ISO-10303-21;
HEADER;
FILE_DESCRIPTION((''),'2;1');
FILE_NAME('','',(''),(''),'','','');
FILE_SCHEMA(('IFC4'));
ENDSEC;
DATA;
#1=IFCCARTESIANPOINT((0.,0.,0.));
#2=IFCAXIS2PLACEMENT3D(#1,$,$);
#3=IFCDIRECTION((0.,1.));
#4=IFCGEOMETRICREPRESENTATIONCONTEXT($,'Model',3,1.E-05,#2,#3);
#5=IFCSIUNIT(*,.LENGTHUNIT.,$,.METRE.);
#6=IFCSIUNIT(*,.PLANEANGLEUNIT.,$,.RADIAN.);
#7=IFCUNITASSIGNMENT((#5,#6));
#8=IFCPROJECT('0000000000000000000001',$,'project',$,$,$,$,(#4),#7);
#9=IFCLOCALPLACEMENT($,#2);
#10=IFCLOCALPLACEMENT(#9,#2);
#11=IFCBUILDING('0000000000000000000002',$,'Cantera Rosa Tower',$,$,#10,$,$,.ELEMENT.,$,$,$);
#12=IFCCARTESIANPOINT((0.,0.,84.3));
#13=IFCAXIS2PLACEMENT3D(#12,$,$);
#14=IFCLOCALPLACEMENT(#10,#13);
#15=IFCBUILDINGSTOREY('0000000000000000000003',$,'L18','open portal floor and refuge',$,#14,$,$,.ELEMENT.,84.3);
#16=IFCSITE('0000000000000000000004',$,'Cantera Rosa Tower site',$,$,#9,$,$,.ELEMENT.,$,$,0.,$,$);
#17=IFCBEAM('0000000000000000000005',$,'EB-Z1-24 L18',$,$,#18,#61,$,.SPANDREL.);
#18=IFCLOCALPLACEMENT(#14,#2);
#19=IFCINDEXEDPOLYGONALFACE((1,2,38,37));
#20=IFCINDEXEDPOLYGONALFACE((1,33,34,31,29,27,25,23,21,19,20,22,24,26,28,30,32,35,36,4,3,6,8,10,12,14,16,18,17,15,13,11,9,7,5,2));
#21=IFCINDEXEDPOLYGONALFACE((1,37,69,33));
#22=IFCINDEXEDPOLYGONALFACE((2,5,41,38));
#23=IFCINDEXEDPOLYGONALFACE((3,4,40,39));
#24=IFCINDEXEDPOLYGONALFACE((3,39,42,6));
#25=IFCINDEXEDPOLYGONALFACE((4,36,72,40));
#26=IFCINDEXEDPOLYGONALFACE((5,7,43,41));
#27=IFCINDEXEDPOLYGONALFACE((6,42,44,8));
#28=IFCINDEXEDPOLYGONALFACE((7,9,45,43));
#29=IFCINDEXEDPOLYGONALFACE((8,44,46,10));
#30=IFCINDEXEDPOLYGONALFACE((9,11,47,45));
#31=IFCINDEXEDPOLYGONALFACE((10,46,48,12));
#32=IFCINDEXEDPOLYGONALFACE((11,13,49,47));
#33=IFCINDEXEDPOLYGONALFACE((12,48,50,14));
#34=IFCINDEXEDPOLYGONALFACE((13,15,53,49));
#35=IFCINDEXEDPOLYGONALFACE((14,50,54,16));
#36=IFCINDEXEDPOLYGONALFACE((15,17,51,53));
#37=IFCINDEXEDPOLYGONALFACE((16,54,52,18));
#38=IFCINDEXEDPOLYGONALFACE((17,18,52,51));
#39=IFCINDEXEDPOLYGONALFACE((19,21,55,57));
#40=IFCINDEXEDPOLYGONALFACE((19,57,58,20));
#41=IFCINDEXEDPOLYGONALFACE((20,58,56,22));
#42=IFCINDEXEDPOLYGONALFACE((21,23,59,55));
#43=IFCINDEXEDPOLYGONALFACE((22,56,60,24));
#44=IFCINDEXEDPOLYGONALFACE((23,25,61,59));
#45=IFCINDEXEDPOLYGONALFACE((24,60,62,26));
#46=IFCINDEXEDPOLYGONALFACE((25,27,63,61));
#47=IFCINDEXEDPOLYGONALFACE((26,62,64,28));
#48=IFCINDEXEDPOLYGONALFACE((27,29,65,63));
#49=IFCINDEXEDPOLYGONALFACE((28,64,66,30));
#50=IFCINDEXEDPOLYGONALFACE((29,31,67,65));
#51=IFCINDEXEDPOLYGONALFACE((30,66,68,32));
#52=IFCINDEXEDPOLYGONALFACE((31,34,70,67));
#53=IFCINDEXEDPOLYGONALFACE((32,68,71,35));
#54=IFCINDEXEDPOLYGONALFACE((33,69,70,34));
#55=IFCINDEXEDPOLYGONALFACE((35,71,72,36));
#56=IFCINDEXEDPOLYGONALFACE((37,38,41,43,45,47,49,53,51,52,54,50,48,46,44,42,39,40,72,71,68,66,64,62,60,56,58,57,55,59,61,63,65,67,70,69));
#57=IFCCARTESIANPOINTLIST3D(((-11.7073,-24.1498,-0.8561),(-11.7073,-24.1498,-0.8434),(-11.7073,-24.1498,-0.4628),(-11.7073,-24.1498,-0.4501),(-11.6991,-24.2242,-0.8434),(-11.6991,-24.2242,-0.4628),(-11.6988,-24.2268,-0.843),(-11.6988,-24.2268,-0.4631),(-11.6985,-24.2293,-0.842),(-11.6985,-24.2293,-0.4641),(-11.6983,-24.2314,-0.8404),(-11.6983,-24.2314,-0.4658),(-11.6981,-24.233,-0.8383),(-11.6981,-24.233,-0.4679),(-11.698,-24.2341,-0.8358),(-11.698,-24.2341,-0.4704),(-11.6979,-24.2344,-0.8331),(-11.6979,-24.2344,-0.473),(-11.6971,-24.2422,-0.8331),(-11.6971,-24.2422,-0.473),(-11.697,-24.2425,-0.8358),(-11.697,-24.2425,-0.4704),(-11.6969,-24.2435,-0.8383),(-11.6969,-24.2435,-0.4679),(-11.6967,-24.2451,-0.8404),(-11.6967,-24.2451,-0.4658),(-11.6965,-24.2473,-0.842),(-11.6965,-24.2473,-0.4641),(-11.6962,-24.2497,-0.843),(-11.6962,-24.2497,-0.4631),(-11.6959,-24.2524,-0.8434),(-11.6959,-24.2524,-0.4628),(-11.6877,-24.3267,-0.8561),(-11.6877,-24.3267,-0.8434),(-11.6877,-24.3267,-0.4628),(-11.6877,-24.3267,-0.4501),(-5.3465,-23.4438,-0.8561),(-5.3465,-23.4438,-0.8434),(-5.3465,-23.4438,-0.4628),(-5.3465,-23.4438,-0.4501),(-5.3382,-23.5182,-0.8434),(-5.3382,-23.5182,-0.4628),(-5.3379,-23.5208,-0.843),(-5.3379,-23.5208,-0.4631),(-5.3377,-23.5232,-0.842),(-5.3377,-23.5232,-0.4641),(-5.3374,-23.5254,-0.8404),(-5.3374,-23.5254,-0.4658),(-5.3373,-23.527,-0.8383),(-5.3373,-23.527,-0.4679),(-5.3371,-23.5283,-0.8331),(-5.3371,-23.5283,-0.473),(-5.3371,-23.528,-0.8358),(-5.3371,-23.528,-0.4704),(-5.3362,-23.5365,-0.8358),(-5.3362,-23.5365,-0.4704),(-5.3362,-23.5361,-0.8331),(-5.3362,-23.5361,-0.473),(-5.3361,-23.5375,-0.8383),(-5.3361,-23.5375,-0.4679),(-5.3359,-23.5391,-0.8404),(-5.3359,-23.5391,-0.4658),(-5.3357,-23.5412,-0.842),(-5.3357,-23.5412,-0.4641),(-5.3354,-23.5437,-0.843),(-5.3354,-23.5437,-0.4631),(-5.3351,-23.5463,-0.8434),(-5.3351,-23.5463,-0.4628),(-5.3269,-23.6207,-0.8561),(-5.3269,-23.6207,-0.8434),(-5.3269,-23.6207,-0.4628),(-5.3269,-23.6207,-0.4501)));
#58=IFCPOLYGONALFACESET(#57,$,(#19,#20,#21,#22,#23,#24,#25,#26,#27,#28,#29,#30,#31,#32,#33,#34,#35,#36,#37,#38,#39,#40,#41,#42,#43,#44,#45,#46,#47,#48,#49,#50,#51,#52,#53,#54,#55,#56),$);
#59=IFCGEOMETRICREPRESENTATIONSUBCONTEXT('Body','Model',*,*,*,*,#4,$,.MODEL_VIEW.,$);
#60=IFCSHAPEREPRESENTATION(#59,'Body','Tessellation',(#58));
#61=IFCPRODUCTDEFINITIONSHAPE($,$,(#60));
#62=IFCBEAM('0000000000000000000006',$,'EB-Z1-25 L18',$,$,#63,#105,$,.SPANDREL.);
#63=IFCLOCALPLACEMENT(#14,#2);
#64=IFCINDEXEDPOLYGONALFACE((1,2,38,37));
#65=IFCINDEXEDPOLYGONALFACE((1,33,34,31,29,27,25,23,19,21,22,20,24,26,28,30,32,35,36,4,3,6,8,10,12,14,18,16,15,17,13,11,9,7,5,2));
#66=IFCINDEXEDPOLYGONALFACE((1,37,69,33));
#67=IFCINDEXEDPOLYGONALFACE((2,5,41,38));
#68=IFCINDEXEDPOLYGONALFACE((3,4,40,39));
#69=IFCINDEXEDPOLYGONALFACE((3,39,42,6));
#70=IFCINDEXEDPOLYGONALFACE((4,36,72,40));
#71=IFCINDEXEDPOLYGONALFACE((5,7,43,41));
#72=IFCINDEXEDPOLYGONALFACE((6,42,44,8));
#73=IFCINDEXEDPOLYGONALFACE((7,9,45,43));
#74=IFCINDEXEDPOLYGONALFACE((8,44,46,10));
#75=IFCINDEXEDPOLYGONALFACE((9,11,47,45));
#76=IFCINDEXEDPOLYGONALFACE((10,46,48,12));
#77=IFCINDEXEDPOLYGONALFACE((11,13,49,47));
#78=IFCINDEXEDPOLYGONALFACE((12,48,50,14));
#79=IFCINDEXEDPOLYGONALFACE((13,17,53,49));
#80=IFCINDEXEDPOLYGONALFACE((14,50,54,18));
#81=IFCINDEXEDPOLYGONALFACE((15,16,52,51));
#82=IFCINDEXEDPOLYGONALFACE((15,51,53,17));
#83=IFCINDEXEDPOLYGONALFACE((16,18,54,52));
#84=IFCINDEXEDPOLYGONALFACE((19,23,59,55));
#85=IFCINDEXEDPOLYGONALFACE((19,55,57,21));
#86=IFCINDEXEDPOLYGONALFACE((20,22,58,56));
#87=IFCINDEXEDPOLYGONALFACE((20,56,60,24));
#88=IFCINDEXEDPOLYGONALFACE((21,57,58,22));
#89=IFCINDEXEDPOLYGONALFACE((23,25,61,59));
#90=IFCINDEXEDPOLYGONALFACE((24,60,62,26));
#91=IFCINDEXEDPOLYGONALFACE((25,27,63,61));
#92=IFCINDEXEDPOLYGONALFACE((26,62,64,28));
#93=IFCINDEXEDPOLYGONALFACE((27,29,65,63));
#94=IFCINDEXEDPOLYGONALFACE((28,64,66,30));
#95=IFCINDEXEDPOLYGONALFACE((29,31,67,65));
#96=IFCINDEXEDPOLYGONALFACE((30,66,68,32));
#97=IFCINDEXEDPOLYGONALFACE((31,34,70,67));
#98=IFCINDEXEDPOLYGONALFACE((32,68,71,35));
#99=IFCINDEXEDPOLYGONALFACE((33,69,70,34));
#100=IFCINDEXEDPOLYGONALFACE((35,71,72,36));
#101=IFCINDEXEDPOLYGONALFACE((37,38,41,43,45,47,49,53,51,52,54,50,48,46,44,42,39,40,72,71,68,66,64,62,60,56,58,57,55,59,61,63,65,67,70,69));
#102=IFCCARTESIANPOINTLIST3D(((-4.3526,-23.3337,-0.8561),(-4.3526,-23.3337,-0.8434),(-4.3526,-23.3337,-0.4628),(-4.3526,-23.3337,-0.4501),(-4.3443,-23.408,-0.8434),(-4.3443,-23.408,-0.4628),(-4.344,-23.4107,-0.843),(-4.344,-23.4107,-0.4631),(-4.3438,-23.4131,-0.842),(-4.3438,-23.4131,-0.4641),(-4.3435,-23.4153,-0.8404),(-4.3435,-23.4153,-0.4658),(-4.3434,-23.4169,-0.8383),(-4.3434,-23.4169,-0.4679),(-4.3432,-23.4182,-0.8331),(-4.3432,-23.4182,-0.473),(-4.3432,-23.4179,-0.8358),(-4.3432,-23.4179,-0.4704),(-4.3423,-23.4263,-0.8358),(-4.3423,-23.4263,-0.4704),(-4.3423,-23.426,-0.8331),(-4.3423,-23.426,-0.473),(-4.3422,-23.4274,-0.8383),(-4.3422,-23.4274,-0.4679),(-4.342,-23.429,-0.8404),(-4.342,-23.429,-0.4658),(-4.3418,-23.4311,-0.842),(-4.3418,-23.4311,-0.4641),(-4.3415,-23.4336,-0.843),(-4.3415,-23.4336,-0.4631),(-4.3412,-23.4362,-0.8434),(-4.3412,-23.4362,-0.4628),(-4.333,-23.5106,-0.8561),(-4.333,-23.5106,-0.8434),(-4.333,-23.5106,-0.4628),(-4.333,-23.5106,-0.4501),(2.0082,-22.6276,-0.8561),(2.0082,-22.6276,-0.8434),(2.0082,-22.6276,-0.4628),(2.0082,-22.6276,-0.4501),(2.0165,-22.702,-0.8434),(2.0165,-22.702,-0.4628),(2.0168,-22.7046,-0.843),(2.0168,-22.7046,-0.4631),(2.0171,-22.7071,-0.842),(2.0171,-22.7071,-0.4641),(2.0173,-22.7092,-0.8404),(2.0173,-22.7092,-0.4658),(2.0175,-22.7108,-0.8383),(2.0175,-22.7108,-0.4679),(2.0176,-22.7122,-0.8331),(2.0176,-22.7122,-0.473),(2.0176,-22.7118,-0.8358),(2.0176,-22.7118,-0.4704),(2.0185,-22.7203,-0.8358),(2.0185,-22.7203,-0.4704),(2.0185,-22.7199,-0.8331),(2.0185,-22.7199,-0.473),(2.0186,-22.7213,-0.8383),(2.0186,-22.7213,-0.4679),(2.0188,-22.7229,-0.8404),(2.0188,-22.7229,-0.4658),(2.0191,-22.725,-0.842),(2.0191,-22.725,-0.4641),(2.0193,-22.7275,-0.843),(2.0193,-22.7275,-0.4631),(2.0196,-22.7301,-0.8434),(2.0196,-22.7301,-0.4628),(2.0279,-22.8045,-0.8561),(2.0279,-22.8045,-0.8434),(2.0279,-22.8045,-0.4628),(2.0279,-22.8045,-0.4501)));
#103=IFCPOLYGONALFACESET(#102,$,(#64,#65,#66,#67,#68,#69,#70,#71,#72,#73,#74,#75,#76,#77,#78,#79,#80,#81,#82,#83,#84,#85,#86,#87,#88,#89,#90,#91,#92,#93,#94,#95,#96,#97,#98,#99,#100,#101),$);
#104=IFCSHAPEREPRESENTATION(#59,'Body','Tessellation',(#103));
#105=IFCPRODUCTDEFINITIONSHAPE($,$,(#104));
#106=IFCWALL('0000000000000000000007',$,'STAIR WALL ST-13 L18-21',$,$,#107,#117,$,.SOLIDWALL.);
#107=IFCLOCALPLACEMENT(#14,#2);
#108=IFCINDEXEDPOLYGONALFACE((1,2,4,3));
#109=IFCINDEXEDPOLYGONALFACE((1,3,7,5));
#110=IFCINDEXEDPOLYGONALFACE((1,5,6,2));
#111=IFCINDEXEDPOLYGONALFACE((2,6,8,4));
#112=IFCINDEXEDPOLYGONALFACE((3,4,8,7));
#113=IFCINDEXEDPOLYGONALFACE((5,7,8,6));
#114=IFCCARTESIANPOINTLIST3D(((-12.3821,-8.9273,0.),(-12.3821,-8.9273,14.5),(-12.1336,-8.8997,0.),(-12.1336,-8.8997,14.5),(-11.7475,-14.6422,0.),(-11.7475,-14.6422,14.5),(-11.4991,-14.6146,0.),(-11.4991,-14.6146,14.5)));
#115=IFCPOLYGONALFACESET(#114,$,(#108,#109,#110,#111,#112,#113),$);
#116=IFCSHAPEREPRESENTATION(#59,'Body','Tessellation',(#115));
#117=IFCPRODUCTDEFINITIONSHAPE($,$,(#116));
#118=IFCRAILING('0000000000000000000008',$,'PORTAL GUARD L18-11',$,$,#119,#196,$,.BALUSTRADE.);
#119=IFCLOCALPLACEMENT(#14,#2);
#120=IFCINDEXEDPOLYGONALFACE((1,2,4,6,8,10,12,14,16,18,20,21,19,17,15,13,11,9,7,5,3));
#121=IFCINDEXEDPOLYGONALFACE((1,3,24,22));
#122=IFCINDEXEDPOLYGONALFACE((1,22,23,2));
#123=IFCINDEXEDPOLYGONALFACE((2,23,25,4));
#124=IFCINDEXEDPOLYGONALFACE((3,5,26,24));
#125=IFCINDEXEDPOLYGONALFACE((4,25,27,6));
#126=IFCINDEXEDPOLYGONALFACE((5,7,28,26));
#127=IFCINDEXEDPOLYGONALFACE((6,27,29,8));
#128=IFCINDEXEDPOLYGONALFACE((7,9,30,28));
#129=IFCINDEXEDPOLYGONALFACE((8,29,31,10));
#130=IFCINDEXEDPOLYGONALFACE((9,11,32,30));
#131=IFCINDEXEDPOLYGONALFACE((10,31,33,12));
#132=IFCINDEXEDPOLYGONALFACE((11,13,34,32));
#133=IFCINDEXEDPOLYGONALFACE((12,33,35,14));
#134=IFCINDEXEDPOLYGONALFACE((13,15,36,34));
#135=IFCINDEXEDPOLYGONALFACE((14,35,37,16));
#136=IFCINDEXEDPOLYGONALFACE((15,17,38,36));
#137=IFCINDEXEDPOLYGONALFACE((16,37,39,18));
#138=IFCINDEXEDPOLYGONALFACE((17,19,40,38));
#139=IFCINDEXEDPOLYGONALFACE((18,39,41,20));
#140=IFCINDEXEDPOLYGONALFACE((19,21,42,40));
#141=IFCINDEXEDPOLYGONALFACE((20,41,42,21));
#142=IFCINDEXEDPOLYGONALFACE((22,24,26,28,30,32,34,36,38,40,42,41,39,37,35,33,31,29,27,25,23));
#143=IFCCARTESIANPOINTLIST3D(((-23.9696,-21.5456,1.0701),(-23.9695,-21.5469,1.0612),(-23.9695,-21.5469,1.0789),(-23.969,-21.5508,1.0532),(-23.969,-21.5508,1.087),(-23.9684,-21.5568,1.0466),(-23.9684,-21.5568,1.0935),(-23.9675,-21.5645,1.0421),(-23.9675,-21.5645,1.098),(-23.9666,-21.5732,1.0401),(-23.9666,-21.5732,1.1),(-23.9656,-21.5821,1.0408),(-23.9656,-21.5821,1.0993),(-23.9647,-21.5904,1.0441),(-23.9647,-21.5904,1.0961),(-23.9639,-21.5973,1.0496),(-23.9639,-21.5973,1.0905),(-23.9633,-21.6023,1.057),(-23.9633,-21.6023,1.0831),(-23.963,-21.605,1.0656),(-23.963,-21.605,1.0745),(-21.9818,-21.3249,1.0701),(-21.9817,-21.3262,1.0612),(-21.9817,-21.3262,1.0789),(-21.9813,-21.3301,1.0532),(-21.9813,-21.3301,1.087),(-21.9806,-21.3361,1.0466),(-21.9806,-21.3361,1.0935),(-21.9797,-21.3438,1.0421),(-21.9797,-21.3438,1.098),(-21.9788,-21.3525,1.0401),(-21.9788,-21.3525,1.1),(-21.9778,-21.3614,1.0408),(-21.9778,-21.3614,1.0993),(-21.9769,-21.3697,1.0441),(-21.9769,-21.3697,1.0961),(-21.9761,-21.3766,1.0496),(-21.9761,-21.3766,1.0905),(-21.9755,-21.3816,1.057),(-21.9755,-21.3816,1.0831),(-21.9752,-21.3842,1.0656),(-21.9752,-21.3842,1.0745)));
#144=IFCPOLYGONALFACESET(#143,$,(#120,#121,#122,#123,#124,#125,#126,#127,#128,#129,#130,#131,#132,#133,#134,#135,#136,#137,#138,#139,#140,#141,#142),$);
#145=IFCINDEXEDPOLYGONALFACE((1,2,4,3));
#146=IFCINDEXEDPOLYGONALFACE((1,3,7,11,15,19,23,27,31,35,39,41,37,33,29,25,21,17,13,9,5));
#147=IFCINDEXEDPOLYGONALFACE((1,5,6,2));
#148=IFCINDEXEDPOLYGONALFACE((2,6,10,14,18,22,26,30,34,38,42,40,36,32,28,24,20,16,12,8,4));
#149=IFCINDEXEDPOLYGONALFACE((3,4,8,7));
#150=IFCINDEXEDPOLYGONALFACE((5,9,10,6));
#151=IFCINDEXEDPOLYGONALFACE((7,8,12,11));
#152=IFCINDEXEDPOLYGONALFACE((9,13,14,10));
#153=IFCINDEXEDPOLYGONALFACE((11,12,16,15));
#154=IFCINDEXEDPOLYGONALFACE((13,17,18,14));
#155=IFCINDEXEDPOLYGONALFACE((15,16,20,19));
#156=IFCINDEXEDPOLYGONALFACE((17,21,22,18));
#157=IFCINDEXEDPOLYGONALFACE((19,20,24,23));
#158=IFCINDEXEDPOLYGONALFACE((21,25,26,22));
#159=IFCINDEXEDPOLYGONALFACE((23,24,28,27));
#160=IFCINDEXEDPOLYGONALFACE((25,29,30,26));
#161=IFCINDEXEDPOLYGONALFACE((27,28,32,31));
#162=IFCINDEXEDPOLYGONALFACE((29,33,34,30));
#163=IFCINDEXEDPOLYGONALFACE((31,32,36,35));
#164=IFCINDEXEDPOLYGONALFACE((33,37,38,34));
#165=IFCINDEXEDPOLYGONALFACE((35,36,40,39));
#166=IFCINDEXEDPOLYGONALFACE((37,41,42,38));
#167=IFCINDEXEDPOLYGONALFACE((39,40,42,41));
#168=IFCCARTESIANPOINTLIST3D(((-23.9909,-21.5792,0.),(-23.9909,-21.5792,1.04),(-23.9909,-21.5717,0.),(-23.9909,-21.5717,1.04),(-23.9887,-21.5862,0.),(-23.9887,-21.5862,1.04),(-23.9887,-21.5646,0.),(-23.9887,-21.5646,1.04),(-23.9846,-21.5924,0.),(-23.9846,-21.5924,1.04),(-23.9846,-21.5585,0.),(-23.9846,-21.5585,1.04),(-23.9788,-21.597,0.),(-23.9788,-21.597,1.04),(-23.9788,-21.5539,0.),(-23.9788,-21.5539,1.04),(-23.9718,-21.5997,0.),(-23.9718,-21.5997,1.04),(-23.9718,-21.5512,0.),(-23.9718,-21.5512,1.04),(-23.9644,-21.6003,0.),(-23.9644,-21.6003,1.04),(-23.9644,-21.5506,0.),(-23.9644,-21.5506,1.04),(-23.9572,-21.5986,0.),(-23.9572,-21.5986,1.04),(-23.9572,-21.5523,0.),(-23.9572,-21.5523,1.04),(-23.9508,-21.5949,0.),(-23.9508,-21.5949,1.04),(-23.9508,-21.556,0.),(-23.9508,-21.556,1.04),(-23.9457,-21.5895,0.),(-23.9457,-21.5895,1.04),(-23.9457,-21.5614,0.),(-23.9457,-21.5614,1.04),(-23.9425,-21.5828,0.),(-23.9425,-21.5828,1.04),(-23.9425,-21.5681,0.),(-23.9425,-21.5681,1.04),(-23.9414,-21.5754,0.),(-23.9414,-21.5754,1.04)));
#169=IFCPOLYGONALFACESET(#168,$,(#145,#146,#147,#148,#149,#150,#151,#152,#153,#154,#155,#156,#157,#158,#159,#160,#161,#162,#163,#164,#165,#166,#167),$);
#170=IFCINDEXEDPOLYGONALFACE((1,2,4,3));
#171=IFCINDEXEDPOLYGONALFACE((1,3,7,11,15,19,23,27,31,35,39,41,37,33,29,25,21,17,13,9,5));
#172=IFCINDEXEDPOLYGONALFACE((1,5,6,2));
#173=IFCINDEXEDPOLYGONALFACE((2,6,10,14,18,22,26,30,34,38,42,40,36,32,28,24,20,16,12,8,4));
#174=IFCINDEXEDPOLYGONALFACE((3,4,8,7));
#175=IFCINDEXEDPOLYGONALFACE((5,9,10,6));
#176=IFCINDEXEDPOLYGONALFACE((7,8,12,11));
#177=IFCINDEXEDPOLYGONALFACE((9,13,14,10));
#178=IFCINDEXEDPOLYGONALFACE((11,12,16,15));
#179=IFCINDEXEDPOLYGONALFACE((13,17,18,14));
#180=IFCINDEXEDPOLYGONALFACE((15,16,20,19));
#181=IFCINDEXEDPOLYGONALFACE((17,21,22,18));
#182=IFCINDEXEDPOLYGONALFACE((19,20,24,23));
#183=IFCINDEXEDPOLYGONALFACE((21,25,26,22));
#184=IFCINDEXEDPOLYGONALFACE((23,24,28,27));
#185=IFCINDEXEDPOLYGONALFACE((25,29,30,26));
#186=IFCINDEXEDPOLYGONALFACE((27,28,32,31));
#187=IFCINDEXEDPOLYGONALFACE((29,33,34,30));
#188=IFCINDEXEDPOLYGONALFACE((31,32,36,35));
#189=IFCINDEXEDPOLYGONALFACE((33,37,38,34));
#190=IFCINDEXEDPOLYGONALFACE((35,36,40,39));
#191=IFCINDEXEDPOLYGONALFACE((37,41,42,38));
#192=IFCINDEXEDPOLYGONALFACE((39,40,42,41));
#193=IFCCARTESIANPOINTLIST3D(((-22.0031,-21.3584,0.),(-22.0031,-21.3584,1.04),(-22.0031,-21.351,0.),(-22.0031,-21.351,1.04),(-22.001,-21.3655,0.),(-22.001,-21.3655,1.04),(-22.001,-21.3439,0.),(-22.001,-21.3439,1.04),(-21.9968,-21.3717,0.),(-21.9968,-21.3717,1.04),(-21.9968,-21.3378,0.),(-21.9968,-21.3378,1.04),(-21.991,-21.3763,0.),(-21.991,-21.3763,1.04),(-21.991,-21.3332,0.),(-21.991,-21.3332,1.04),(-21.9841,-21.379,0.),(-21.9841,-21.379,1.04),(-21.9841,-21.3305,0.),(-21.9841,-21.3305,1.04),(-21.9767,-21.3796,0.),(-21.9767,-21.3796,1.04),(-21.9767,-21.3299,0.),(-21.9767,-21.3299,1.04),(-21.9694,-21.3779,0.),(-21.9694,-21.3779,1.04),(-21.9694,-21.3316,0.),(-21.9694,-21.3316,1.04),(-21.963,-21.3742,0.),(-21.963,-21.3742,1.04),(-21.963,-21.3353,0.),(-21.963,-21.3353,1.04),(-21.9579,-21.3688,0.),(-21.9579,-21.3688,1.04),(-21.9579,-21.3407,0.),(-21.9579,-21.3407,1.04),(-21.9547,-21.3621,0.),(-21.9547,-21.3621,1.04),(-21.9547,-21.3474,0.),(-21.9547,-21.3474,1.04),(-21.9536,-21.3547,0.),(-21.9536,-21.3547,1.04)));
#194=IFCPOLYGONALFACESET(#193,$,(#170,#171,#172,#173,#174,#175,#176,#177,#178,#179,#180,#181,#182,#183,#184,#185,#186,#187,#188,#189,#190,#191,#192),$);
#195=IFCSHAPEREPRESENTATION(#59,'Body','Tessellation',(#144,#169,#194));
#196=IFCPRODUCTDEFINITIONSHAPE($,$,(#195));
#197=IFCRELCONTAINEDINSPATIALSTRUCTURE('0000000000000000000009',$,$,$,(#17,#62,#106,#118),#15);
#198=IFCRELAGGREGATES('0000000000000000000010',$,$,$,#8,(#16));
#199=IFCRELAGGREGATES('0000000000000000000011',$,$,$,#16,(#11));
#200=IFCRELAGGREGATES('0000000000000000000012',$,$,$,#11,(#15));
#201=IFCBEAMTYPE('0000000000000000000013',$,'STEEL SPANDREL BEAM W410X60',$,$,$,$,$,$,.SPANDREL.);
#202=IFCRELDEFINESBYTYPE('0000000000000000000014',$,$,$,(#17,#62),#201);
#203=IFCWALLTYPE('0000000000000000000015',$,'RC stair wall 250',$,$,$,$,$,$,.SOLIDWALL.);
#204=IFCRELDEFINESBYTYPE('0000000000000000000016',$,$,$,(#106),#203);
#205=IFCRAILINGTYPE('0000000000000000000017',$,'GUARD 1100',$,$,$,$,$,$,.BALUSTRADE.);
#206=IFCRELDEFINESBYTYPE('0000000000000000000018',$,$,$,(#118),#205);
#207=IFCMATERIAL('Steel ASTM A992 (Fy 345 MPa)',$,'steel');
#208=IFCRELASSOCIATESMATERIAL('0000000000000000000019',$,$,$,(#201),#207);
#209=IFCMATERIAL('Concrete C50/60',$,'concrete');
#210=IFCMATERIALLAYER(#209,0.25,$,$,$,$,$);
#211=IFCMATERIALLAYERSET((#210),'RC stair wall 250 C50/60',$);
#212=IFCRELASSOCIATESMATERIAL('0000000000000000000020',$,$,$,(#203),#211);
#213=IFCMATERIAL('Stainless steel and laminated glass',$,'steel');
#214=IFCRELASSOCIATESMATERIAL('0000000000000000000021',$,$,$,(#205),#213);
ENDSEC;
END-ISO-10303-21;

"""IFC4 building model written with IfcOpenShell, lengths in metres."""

from ifc_helpers import new_model, si_unit, direction, frame, frame_2d, origin, origin_2d, place, context, subcontext, project, spatial, rectangle, circle, i_section, extrude, material, layer, layer_set, material_profile, profile_set, type_object, element, save


model = new_model("IFC4")

# Units and contexts
model_context = context("Model", 3, precision=1e-05, world=origin(), true_north=direction((0.0, 1.0)))
body_context = subcontext(model_context, "Body", "Model", "MODEL_VIEW")
ifc_project = project(units=[si_unit("LENGTHUNIT", "METRE"), si_unit("PLANEANGLEUNIT", "RADIAN")], contexts=[model_context])

# Site, building, storey
site_placement = place(None, origin())
site = spatial("IfcSite", under=ifc_project, at=site_placement, Name="Cantera Rosa Tower site", CompositionType="ELEMENT", RefElevation=0.0)
building_placement = place(site_placement, origin())
building = spatial("IfcBuilding", under=site, at=building_placement, Name="Cantera Rosa Tower", CompositionType="ELEMENT")
storey_placement = place(building_placement, frame((0.0, 0.0, 84.3)))
storey = spatial("IfcBuildingStorey", under=building, at=storey_placement, Name="L18", Description="open portal floor and refuge", CompositionType="ELEMENT", Elevation=84.3)

# Beams
ifc_material_1 = material(Name="Steel ASTM A992 (Fy 345 MPa)", Category="steel")
ifc_material_profile_1 = material_profile(ifc_material_1, i_section(OverallWidth=0.178, OverallDepth=0.406, WebThickness=0.0078, FlangeThickness=0.0127, FilletRadius=0.0103, at=origin_2d()), Name="W410X60")
ifc_profile_set_1 = profile_set([ifc_material_profile_1], Name="Steel ASTM A992 (Fy 345 MPa)")
beam_type_1 = type_object("IfcBeamType", Name="STEEL SPANDREL BEAM W410X60", PredefinedType="SPANDREL", material=ifc_profile_set_1)
for number, where, z_axis, x_axis, name in (
    (1, (-11.6975, -24.2383, -0.6531), (0.993896, 0.110323, 0.0), (-0.110323, 0.993896, 0.0), "EB-Z1-24 L18"),
    (2, (-4.3428, -23.4221, -0.6531), (0.993896, 0.110323, 0.0), (-0.110323, 0.993896, 0.0), "EB-Z1-25 L18"),
):
    element("IfcBeam", number, at=place(storey_placement, frame(where, z_axis=z_axis, x_axis=x_axis)), inside=storey, type_object=beam_type_1, Name=name, PredefinedType="SPANDREL", context=body_context, shape_type="SweptSolid", body=[
        extrude(i_section(OverallWidth=0.178, OverallDepth=0.406, WebThickness=0.0078, FlangeThickness=0.0127, FilletRadius=0.0103, at=origin_2d()), origin(), (0.0, 0.0, 1.0), 6.3999),
    ])

# Wall
ifc_material_2 = material(Name="Concrete C50/60", Category="concrete")
ifc_layer = layer(ifc_material_2, 0.25)
ifc_layer_set = layer_set([ifc_layer], Name="RC stair wall 250 C50/60")
wall_type = type_object("IfcWallType", Name="RC stair wall 250", PredefinedType="SOLIDWALL", material=ifc_layer_set)
wall_placement = place(storey_placement, frame((-11.6233, -14.6284, 0.0), z_axis=(0.0, 0.0, 1.0), x_axis=(-0.110352, 0.993893, 0.0)))
element("IfcWall", 3, at=wall_placement, inside=storey, type_object=wall_type, Name="STAIR WALL ST-13 L18-21", PredefinedType="SOLIDWALL", context=body_context, shape_type="SweptSolid", body=[
    extrude(rectangle(XDim=5.75, YDim=0.25, at=frame_2d((2.875, 0.0))), origin(), (0.0, 0.0, 1.0), 14.5),
])

# Railing
ifc_material_3 = material(Name="Stainless steel and laminated glass", Category="steel")
railing_type = type_object("IfcRailingType", Name="GUARD 1100", PredefinedType="BALUSTRADE", material=ifc_material_3)
railing_1_placement = place(storey_placement, frame((-23.9663, -21.5754, 0.0)))
element("IfcRailing", 4, at=railing_1_placement, inside=storey, type_object=railing_type, Name="PORTAL GUARD L18-11", PredefinedType="BALUSTRADE", context=body_context, shape_type="SweptSolid", body=[
    extrude(circle(Radius=0.03, at=origin_2d()), frame((0.0, 0.0, 1.0701), z_axis=(0.993893, 0.110351, 0.0), x_axis=(-0.110351, 0.993893, 0.0)), (0.0, 0.0, 1.0), 2.0),
    extrude(circle(Radius=0.0249, at=origin_2d()), origin(), (0.0, 0.0, 1.0), 1.04),
    extrude(circle(Radius=0.0249, at=origin_2d()), frame((1.9878, 0.2207, 0.0)), (0.0, 0.0, 1.0), 1.04),
])

save(model, "model.ifc")
